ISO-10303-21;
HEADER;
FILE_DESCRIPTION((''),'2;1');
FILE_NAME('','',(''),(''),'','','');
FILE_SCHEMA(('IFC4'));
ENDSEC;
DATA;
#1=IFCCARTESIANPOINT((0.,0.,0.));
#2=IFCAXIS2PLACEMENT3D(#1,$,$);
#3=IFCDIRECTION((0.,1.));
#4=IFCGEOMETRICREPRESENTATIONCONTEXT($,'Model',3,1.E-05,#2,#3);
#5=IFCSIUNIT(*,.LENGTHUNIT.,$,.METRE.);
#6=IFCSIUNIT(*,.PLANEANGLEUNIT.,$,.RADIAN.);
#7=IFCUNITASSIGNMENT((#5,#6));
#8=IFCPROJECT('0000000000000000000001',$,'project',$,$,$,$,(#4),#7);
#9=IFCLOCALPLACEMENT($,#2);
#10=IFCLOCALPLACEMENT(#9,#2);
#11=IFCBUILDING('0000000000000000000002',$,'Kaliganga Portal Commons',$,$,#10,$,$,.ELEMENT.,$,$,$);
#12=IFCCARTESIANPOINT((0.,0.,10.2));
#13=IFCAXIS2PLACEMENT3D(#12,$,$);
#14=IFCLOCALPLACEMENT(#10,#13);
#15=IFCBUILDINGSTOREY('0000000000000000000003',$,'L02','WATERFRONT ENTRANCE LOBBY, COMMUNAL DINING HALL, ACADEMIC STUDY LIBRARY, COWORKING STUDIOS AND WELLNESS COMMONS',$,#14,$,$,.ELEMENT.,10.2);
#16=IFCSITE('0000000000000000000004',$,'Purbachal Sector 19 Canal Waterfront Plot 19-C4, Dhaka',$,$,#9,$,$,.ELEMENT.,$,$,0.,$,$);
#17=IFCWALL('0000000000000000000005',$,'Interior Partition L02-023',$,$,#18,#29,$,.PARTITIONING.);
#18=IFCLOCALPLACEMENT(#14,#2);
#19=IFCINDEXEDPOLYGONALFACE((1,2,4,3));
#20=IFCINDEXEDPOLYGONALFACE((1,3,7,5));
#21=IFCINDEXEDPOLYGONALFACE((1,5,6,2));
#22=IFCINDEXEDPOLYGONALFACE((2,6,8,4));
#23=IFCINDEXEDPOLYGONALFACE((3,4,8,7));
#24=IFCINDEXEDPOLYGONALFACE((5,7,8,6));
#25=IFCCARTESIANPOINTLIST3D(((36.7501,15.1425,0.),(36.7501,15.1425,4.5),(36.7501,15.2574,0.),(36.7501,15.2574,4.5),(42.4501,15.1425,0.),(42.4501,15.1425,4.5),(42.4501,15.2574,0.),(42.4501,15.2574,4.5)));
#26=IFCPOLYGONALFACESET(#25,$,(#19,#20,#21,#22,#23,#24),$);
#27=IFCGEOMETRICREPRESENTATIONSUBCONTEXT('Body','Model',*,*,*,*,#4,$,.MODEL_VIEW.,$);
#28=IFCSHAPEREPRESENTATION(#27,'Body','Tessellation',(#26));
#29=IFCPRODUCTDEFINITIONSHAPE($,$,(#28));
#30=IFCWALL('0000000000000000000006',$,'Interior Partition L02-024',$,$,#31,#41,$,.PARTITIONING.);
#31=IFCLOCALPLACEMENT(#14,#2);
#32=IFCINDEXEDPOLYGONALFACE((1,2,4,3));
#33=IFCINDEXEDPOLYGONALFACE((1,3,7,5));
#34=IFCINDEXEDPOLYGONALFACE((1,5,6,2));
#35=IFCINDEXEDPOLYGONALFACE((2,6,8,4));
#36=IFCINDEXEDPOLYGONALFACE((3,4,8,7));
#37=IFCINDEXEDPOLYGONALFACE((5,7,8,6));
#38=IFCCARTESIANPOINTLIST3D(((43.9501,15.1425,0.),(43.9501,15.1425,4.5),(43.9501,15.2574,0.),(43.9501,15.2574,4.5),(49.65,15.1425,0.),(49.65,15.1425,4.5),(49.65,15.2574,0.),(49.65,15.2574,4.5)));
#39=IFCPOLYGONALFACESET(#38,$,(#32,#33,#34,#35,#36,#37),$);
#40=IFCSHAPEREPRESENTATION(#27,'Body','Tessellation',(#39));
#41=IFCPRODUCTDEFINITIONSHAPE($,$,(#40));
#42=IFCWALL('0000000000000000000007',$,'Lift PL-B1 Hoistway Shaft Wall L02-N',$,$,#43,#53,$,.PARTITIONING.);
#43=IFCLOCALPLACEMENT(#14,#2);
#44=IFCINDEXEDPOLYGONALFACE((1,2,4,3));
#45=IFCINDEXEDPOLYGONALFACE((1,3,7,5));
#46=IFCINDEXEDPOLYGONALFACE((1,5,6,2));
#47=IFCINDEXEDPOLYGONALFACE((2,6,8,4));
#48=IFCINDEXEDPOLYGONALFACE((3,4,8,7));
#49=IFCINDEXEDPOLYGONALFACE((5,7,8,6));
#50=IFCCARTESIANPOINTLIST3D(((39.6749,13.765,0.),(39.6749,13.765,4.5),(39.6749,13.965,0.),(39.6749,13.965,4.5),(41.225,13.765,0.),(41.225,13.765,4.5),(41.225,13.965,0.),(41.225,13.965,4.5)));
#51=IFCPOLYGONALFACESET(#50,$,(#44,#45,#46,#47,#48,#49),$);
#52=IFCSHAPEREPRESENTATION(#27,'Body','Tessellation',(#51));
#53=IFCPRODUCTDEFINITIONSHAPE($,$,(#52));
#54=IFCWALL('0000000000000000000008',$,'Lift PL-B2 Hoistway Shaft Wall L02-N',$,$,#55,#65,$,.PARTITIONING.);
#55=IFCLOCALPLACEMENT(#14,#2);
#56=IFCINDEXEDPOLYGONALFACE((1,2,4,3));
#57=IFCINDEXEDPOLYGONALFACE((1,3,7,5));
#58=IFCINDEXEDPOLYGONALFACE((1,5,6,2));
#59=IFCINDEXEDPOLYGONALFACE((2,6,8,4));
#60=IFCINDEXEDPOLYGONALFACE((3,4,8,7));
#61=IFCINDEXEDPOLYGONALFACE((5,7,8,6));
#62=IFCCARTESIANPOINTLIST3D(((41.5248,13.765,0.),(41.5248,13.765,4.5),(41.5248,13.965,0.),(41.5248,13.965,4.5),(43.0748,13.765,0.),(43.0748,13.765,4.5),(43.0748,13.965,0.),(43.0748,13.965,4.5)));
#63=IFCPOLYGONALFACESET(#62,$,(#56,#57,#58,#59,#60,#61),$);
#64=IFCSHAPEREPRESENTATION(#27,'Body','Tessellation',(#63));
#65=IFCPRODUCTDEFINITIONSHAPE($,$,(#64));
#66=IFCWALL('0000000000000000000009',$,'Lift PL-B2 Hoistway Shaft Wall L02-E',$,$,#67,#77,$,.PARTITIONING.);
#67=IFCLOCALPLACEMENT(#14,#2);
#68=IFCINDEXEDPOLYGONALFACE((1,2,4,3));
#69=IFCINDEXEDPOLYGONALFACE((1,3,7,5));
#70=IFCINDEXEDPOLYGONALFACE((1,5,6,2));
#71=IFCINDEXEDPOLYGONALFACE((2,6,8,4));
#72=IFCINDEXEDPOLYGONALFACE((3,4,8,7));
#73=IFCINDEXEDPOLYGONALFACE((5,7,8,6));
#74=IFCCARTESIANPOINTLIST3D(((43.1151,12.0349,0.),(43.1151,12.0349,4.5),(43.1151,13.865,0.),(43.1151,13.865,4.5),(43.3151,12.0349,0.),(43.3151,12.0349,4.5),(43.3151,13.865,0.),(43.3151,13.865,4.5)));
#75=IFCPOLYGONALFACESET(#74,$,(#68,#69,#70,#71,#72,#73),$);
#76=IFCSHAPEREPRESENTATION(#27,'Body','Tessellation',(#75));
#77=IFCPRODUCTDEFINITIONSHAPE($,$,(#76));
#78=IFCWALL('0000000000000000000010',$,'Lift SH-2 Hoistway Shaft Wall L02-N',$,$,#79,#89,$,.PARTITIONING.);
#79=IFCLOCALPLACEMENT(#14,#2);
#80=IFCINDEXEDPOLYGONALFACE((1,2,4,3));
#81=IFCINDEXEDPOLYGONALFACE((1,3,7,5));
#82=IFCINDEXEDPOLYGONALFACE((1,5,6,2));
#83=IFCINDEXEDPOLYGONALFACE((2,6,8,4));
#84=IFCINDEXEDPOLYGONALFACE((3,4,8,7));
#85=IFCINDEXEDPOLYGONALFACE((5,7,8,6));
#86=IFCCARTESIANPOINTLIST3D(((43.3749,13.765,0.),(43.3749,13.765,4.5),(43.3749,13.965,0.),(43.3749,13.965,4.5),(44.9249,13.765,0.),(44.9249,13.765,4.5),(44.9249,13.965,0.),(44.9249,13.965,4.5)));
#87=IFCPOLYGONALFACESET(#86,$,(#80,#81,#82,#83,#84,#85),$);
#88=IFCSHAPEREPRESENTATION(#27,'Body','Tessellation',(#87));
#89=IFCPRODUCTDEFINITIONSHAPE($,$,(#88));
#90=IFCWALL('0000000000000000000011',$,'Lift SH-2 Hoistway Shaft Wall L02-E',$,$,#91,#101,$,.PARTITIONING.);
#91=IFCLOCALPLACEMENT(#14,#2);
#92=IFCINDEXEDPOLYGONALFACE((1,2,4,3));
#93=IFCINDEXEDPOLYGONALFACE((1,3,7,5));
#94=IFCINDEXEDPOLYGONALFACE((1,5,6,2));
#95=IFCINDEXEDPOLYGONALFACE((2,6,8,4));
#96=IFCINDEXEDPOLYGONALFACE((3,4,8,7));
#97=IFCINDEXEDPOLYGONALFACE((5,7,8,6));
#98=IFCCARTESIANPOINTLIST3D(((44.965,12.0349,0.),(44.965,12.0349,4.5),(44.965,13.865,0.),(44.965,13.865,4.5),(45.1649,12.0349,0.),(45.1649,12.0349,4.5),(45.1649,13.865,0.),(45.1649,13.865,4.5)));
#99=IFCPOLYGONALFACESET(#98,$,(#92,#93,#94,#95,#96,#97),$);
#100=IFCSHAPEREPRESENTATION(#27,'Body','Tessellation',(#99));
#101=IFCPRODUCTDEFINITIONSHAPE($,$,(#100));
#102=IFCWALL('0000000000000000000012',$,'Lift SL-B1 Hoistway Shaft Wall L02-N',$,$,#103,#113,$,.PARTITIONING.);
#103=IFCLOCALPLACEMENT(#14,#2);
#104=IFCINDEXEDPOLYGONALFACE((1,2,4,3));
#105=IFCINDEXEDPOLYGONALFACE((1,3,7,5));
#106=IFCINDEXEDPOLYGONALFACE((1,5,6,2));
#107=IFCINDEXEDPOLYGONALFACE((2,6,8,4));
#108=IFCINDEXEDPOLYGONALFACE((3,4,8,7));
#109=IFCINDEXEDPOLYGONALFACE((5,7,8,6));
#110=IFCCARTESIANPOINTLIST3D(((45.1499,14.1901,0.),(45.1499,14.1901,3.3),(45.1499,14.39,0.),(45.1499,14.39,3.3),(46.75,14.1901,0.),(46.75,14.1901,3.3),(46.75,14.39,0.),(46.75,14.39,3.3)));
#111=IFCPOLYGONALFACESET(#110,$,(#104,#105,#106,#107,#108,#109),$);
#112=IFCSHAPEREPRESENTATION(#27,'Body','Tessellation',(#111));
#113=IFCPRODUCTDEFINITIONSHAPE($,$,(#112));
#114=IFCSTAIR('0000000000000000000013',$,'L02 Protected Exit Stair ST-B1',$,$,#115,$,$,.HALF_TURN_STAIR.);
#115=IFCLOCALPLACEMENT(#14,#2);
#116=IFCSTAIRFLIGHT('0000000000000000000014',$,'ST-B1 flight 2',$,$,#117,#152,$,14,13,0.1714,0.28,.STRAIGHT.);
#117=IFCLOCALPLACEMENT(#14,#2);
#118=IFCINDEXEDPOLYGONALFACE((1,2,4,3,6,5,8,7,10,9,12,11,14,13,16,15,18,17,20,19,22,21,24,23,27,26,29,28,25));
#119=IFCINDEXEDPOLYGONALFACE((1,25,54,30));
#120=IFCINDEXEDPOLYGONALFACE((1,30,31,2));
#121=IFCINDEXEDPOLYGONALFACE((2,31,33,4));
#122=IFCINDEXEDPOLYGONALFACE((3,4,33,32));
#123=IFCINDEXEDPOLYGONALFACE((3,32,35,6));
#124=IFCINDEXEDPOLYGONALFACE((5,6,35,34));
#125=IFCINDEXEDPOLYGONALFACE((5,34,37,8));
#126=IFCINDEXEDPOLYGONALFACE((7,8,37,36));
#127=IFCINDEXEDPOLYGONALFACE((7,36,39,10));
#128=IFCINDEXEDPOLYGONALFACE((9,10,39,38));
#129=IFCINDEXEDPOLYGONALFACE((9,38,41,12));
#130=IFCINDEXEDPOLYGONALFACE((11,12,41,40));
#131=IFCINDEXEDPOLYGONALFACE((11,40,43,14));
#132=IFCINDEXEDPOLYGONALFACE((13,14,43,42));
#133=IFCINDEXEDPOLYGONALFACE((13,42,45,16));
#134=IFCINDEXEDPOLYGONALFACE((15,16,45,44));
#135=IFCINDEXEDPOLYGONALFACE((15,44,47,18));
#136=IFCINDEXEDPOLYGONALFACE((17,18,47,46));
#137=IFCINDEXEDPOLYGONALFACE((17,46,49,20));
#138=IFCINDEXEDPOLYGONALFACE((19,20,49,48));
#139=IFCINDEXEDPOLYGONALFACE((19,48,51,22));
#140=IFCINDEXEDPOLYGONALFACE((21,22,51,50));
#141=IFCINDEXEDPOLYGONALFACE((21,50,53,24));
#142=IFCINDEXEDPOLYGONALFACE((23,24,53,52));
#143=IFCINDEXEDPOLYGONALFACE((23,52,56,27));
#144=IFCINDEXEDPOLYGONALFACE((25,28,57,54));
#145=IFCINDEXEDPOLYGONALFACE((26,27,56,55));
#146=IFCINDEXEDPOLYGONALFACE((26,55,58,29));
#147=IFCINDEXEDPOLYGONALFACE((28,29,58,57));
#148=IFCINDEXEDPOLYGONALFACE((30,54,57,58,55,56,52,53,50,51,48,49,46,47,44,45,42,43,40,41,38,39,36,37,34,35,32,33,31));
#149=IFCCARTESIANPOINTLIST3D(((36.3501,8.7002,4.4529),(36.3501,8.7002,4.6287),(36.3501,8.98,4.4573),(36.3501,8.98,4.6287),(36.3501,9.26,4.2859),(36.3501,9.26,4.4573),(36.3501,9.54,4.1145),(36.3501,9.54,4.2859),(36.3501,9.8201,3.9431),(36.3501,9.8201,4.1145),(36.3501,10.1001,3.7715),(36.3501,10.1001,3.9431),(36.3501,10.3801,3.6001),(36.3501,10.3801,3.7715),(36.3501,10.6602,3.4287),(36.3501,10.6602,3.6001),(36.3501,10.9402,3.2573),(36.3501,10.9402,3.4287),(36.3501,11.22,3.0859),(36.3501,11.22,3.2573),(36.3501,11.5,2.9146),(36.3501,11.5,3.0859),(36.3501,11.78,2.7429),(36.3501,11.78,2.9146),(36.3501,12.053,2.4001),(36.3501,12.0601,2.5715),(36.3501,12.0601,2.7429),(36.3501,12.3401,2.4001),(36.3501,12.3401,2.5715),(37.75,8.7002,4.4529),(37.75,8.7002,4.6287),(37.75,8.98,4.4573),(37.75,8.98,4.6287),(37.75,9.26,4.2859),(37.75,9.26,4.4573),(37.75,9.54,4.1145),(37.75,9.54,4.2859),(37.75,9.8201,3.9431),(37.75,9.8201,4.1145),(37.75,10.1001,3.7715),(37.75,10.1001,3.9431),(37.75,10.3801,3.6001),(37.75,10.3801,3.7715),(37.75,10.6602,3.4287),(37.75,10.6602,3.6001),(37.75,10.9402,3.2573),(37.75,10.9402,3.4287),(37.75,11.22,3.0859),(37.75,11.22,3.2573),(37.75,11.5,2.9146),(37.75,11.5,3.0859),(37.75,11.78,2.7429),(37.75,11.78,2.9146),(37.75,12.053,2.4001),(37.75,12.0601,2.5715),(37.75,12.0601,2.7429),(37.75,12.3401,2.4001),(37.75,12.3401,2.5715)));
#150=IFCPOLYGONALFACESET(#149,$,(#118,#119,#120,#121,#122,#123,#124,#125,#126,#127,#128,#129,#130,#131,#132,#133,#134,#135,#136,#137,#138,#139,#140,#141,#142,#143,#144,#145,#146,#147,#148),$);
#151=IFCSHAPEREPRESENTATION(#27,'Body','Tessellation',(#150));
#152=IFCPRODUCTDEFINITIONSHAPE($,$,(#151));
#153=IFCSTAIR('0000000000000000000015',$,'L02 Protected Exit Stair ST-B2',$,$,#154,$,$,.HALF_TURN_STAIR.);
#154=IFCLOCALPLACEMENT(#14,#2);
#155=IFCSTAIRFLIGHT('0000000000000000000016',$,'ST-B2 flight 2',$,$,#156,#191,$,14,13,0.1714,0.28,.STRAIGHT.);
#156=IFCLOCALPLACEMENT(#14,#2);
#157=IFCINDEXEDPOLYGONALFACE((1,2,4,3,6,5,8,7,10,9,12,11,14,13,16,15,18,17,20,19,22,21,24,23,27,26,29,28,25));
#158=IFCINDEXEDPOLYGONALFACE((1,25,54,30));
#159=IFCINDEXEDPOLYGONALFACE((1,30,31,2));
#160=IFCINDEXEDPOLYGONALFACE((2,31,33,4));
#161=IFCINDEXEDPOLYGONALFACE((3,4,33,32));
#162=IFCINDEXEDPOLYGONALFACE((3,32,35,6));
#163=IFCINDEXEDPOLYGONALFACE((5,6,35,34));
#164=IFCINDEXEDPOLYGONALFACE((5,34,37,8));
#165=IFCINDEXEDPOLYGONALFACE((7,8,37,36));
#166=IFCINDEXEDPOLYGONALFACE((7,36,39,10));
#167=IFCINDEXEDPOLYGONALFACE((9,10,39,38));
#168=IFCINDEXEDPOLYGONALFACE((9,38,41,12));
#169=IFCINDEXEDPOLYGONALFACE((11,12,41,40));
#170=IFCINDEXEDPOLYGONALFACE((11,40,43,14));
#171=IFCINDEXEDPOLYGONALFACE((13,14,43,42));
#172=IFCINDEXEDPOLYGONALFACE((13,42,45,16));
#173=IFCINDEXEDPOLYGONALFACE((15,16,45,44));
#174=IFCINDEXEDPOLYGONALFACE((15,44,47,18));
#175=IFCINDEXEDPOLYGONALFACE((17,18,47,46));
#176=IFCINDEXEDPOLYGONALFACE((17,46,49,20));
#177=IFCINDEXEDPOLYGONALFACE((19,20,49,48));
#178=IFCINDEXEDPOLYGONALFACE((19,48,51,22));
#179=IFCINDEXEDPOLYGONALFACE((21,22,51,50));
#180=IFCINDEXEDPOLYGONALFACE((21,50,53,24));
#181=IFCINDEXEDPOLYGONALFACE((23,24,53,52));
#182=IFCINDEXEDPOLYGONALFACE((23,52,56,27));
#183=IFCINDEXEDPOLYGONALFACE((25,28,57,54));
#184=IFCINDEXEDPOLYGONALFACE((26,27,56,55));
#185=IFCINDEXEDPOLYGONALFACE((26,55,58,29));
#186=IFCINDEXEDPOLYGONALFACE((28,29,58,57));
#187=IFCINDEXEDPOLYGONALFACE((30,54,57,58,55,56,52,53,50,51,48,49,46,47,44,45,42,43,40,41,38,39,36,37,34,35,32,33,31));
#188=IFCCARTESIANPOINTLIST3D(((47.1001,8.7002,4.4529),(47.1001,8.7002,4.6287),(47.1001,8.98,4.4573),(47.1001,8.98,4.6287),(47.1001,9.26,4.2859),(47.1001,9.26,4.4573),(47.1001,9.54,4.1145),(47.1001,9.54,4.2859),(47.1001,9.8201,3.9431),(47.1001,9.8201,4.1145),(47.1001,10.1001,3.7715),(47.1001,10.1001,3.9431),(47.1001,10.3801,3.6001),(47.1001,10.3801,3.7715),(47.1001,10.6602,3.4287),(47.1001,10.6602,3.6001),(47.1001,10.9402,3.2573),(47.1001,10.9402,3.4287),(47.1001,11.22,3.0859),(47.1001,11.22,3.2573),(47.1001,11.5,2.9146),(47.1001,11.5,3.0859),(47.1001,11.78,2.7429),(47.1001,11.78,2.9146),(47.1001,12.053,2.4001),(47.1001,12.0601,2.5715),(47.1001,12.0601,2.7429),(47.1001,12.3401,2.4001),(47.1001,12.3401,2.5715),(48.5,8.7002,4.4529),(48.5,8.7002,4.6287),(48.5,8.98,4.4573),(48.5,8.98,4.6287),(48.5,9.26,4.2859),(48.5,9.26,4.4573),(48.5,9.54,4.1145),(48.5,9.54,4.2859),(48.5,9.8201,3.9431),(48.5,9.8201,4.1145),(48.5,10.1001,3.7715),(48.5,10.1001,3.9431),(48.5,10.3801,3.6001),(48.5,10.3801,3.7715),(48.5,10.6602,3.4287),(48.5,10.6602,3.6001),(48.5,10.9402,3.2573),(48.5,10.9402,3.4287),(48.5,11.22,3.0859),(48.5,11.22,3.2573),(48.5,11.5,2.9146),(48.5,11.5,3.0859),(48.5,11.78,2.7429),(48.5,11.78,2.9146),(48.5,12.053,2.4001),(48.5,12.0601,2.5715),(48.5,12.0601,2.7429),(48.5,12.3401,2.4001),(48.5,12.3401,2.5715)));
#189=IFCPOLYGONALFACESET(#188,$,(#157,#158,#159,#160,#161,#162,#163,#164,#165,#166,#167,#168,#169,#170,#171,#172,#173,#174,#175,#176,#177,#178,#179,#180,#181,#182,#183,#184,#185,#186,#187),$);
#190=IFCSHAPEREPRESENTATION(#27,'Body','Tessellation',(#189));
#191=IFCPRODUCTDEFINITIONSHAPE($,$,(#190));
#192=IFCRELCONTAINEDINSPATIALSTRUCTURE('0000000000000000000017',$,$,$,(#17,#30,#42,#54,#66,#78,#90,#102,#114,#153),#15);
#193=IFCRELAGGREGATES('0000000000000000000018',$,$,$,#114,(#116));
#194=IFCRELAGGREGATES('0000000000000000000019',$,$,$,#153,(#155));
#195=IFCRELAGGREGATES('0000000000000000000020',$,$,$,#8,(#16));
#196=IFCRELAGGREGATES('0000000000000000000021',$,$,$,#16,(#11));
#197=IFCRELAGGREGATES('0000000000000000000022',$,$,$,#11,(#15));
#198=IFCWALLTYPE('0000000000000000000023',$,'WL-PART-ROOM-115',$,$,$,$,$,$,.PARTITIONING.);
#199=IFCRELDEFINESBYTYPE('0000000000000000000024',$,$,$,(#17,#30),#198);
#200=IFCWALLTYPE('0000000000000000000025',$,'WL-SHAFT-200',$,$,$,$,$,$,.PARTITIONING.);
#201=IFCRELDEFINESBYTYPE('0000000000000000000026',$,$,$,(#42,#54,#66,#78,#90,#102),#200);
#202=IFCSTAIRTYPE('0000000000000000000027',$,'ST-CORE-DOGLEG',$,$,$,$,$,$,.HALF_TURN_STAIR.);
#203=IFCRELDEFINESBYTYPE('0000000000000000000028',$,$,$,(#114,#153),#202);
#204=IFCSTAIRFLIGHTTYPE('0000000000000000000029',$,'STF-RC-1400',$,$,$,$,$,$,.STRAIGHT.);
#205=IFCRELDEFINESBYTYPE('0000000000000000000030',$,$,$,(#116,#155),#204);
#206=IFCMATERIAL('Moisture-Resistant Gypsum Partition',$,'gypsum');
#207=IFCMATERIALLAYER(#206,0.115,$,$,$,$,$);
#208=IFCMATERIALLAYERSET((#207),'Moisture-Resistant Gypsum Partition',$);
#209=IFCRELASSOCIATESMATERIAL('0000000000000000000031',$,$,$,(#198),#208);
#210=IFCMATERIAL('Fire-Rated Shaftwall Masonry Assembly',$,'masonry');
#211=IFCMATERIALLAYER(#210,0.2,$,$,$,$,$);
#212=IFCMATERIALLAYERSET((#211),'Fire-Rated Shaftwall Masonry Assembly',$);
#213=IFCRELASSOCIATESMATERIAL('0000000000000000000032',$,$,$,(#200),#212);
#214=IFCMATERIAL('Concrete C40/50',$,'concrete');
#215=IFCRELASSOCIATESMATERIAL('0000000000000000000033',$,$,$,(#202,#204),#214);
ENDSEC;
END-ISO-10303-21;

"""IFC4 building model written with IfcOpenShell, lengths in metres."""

from ifc_helpers import new_model, si_unit, direction, frame, frame_2d, origin, place, context, subcontext, project, spatial, polyline, rectangle, outline, extrude, material, layer, layer_set, type_object, element, aggregate, save


model = new_model("IFC4")

# Units and contexts
model_context = context("Model", 3, precision=1e-05, world=origin(), true_north=direction((0.0, 1.0)))
body_context = subcontext(model_context, "Body", "Model", "MODEL_VIEW")
ifc_project = project(units=[si_unit("LENGTHUNIT", "METRE"), si_unit("PLANEANGLEUNIT", "RADIAN")], contexts=[model_context])

# Site, building, storey
site_placement = place(None, origin())
site = spatial("IfcSite", under=ifc_project, at=site_placement, Name="Purbachal Sector 19 Canal Waterfront Plot 19-C4, Dhaka", CompositionType="ELEMENT", RefElevation=0.0)
building_placement = place(site_placement, origin())
building = spatial("IfcBuilding", under=site, at=building_placement, Name="Kaliganga Portal Commons", CompositionType="ELEMENT")
storey_placement = place(building_placement, frame((0.0, 0.0, 10.2)))
storey = spatial("IfcBuildingStorey", under=building, at=storey_placement, Name="L02", Description="WATERFRONT ENTRANCE LOBBY, COMMUNAL DINING HALL, ACADEMIC STUDY LIBRARY, COWORKING STUDIOS AND WELLNESS COMMONS", CompositionType="ELEMENT", Elevation=10.2)

# Walls
ifc_material_1 = material(Name="Moisture-Resistant Gypsum Partition", Category="gypsum")
ifc_layer_1 = layer(ifc_material_1, 0.115)
ifc_layer_set_1 = layer_set([ifc_layer_1], Name="Moisture-Resistant Gypsum Partition")
wall_type_1 = type_object("IfcWallType", Name="WL-PART-ROOM-115", PredefinedType="PARTITIONING", material=ifc_layer_set_1)
for number, where, z_axis, x_axis, name in (
    (1, (36.75, 15.2, 0.0), (0.0, 0.0, 1.0), (1.0, 0.0, 0.0), "Interior Partition L02-023"),
    (2, (43.95, 15.2, 0.0), (0.0, 0.0, 1.0), (1.0, 0.0, 0.0), "Interior Partition L02-024"),
):
    element("IfcWall", number, at=place(storey_placement, frame(where, z_axis=z_axis, x_axis=x_axis)), inside=storey, type_object=wall_type_1, Name=name, PredefinedType="PARTITIONING", context=body_context, shape_type="SweptSolid", body=[
        extrude(rectangle(XDim=5.7, YDim=0.115, at=frame_2d((2.8501, 0.0))), origin(), (0.0, 0.0, 1.0), 4.5),
    ])
ifc_material_2 = material(Name="Fire-Rated Shaftwall Masonry Assembly", Category="masonry")
ifc_layer_2 = layer(ifc_material_2, 0.2)
ifc_layer_set_2 = layer_set([ifc_layer_2], Name="Fire-Rated Shaftwall Masonry Assembly")
wall_type_2 = type_object("IfcWallType", Name="WL-SHAFT-200", PredefinedType="PARTITIONING", material=ifc_layer_set_2)
wall_1_placement = place(storey_placement, frame((39.675, 13.865, 0.0), z_axis=(0.0, 0.0, 1.0), x_axis=(1.0, 0.0, 0.0)))
element("IfcWall", 3, at=wall_1_placement, inside=storey, type_object=wall_type_2, Name="Lift PL-B1 Hoistway Shaft Wall L02-N", PredefinedType="PARTITIONING", context=body_context, shape_type="SweptSolid", body=[
    extrude(rectangle(XDim=1.55, YDim=0.2, at=frame_2d((0.7749, 0.0))), origin(), (0.0, 0.0, 1.0), 4.5),
])

# Walls
wall_2_placement = place(storey_placement, frame((41.5249, 13.865, 0.0), z_axis=(0.0, 0.0, 1.0), x_axis=(1.0, 0.0, 0.0)))
element("IfcWall", 4, at=wall_2_placement, inside=storey, type_object=wall_type_2, Name="Lift PL-B2 Hoistway Shaft Wall L02-N", PredefinedType="PARTITIONING", context=body_context, shape_type="SweptSolid", body=[
    extrude(rectangle(XDim=1.55, YDim=0.2, at=frame_2d((0.7749, 0.0))), origin(), (0.0, 0.0, 1.0), 4.5),
])
wall_3_placement = place(storey_placement, frame((43.2151, 12.0349, 0.0), z_axis=(0.0, 0.0, 1.0), x_axis=(0.0, 1.0, 0.0)))
element("IfcWall", 5, at=wall_3_placement, inside=storey, type_object=wall_type_2, Name="Lift PL-B2 Hoistway Shaft Wall L02-E", PredefinedType="PARTITIONING", context=body_context, shape_type="SweptSolid", body=[
    extrude(rectangle(XDim=1.8301, YDim=0.2, at=frame_2d((0.915, 0.0))), origin(), (0.0, 0.0, 1.0), 4.5),
])

# Walls
wall_4_placement = place(storey_placement, frame((43.375, 13.865, 0.0), z_axis=(0.0, 0.0, 1.0), x_axis=(1.0, 0.0, 0.0)))
element("IfcWall", 6, at=wall_4_placement, inside=storey, type_object=wall_type_2, Name="Lift SH-2 Hoistway Shaft Wall L02-N", PredefinedType="PARTITIONING", context=body_context, shape_type="SweptSolid", body=[
    extrude(rectangle(XDim=1.55, YDim=0.2, at=frame_2d((0.7749, 0.0))), origin(), (0.0, 0.0, 1.0), 4.5),
])
wall_5_placement = place(storey_placement, frame((45.0649, 12.0349, 0.0), z_axis=(0.0, 0.0, 1.0), x_axis=(0.0, 1.0, 0.0)))
element("IfcWall", 7, at=wall_5_placement, inside=storey, type_object=wall_type_2, Name="Lift SH-2 Hoistway Shaft Wall L02-E", PredefinedType="PARTITIONING", context=body_context, shape_type="SweptSolid", body=[
    extrude(rectangle(XDim=1.8301, YDim=0.2, at=frame_2d((0.915, 0.0))), origin(), (0.0, 0.0, 1.0), 4.5),
])
wall_6_placement = place(storey_placement, frame((45.1499, 14.29, 0.0), z_axis=(0.0, 0.0, 1.0), x_axis=(1.0, 0.0, 0.0)))
element("IfcWall", 8, at=wall_6_placement, inside=storey, type_object=wall_type_2, Name="Lift SL-B1 Hoistway Shaft Wall L02-N", PredefinedType="PARTITIONING", context=body_context, shape_type="SweptSolid", body=[
    extrude(rectangle(XDim=1.6001, YDim=0.2, at=frame_2d((0.8, 0.0))), origin(), (0.0, 0.0, 1.0), 3.3),
])

# Stairs, stair flights
ifc_material_3 = material(Name="Concrete C40/50", Category="concrete")
stair_type = type_object("IfcStairType", Name="ST-CORE-DOGLEG", PredefinedType="HALF_TURN_STAIR", material=ifc_material_3)
stair_1_placement = place(storey_placement, origin())
stair_1 = element("IfcStair", 9, at=stair_1_placement, inside=storey, type_object=stair_type, Name="L02 Protected Exit Stair ST-B1", PredefinedType="HALF_TURN_STAIR")
stair_flight_type = type_object("IfcStairFlightType", Name="STF-RC-1400", PredefinedType="STRAIGHT", material=ifc_material_3)
stair_flight_1_placement = place(storey_placement, frame((37.05, 12.3401, 2.4001), z_axis=(0.0, 0.0, 1.0), x_axis=(0.0, -1.0, 0.0)))
stair_flight_1 = element("IfcStairFlight", 10, at=stair_flight_1_placement, type_object=stair_flight_type, Name="ST-B1 flight 2", NumberOfRisers=14, NumberOfTreads=13, PredefinedType="STRAIGHT", RiserHeight=0.1714, TreadLength=0.28, context=body_context, shape_type="SweptSolid", body=[
    extrude(outline(polyline([(0.0, 0.0), (0.0, 0.1714), (0.28, 0.1714), (0.28, 0.3428), (0.5601, 0.3428), (0.5601, 0.5144), (0.8401, 0.5144), (0.8401, 0.6858), (1.1201, 0.6858), (1.1201, 0.8572), (1.3999, 0.8572), (1.3999, 1.0286), (1.6799, 1.0286), (1.6799, 1.2), (1.96, 1.2), (1.96, 1.3713), (2.24, 1.3713), (2.24, 1.543), (2.52, 1.543), (2.52, 1.7144), (2.8, 1.7144), (2.8, 1.8857), (3.0801, 1.8857), (3.0801, 2.0571), (3.3601, 2.0571), (3.3601, 2.2285), (3.6399, 2.2285), (3.6399, 2.3999), (3.6399, 2.0527), (0.2871, 0.0), (0.0, 0.0)])), frame((0.0, 0.7, 0.0), z_axis=(0.0, -1.0, 0.0), x_axis=(1.0, 0.0, 0.0)), (0.0, 0.0, 1.0), 1.3999),
])
aggregate(stair_1, [stair_flight_1])
stair_2_placement = place(storey_placement, origin())
stair_2 = element("IfcStair", 11, at=stair_2_placement, inside=storey, type_object=stair_type, Name="L02 Protected Exit Stair ST-B2", PredefinedType="HALF_TURN_STAIR")
stair_flight_2_placement = place(storey_placement, frame((47.8, 12.3401, 2.4001), z_axis=(0.0, 0.0, 1.0), x_axis=(0.0, -1.0, 0.0)))
stair_flight_2 = element("IfcStairFlight", 12, at=stair_flight_2_placement, type_object=stair_flight_type, Name="ST-B2 flight 2", NumberOfRisers=14, NumberOfTreads=13, PredefinedType="STRAIGHT", RiserHeight=0.1714, TreadLength=0.28, context=body_context, shape_type="SweptSolid", body=[
    extrude(outline(polyline([(0.0, 0.0), (0.0, 0.1714), (0.28, 0.1714), (0.28, 0.3428), (0.5601, 0.3428), (0.5601, 0.5144), (0.8401, 0.5144), (0.8401, 0.6858), (1.1201, 0.6858), (1.1201, 0.8572), (1.3999, 0.8572), (1.3999, 1.0286), (1.6799, 1.0286), (1.6799, 1.2), (1.96, 1.2), (1.96, 1.3713), (2.24, 1.3713), (2.24, 1.543), (2.52, 1.543), (2.52, 1.7144), (2.8, 1.7144), (2.8, 1.8857), (3.0801, 1.8857), (3.0801, 2.0571), (3.3601, 2.0571), (3.3601, 2.2285), (3.6399, 2.2285), (3.6399, 2.3999), (3.6399, 2.0527), (0.2871, 0.0), (0.0, 0.0)])), frame((0.0, 0.7, 0.0), z_axis=(0.0, -1.0, 0.0), x_axis=(1.0, 0.0, 0.0)), (0.0, 0.0, 1.0), 1.3999),
])
aggregate(stair_2, [stair_flight_2])

save(model, "model.ifc")
